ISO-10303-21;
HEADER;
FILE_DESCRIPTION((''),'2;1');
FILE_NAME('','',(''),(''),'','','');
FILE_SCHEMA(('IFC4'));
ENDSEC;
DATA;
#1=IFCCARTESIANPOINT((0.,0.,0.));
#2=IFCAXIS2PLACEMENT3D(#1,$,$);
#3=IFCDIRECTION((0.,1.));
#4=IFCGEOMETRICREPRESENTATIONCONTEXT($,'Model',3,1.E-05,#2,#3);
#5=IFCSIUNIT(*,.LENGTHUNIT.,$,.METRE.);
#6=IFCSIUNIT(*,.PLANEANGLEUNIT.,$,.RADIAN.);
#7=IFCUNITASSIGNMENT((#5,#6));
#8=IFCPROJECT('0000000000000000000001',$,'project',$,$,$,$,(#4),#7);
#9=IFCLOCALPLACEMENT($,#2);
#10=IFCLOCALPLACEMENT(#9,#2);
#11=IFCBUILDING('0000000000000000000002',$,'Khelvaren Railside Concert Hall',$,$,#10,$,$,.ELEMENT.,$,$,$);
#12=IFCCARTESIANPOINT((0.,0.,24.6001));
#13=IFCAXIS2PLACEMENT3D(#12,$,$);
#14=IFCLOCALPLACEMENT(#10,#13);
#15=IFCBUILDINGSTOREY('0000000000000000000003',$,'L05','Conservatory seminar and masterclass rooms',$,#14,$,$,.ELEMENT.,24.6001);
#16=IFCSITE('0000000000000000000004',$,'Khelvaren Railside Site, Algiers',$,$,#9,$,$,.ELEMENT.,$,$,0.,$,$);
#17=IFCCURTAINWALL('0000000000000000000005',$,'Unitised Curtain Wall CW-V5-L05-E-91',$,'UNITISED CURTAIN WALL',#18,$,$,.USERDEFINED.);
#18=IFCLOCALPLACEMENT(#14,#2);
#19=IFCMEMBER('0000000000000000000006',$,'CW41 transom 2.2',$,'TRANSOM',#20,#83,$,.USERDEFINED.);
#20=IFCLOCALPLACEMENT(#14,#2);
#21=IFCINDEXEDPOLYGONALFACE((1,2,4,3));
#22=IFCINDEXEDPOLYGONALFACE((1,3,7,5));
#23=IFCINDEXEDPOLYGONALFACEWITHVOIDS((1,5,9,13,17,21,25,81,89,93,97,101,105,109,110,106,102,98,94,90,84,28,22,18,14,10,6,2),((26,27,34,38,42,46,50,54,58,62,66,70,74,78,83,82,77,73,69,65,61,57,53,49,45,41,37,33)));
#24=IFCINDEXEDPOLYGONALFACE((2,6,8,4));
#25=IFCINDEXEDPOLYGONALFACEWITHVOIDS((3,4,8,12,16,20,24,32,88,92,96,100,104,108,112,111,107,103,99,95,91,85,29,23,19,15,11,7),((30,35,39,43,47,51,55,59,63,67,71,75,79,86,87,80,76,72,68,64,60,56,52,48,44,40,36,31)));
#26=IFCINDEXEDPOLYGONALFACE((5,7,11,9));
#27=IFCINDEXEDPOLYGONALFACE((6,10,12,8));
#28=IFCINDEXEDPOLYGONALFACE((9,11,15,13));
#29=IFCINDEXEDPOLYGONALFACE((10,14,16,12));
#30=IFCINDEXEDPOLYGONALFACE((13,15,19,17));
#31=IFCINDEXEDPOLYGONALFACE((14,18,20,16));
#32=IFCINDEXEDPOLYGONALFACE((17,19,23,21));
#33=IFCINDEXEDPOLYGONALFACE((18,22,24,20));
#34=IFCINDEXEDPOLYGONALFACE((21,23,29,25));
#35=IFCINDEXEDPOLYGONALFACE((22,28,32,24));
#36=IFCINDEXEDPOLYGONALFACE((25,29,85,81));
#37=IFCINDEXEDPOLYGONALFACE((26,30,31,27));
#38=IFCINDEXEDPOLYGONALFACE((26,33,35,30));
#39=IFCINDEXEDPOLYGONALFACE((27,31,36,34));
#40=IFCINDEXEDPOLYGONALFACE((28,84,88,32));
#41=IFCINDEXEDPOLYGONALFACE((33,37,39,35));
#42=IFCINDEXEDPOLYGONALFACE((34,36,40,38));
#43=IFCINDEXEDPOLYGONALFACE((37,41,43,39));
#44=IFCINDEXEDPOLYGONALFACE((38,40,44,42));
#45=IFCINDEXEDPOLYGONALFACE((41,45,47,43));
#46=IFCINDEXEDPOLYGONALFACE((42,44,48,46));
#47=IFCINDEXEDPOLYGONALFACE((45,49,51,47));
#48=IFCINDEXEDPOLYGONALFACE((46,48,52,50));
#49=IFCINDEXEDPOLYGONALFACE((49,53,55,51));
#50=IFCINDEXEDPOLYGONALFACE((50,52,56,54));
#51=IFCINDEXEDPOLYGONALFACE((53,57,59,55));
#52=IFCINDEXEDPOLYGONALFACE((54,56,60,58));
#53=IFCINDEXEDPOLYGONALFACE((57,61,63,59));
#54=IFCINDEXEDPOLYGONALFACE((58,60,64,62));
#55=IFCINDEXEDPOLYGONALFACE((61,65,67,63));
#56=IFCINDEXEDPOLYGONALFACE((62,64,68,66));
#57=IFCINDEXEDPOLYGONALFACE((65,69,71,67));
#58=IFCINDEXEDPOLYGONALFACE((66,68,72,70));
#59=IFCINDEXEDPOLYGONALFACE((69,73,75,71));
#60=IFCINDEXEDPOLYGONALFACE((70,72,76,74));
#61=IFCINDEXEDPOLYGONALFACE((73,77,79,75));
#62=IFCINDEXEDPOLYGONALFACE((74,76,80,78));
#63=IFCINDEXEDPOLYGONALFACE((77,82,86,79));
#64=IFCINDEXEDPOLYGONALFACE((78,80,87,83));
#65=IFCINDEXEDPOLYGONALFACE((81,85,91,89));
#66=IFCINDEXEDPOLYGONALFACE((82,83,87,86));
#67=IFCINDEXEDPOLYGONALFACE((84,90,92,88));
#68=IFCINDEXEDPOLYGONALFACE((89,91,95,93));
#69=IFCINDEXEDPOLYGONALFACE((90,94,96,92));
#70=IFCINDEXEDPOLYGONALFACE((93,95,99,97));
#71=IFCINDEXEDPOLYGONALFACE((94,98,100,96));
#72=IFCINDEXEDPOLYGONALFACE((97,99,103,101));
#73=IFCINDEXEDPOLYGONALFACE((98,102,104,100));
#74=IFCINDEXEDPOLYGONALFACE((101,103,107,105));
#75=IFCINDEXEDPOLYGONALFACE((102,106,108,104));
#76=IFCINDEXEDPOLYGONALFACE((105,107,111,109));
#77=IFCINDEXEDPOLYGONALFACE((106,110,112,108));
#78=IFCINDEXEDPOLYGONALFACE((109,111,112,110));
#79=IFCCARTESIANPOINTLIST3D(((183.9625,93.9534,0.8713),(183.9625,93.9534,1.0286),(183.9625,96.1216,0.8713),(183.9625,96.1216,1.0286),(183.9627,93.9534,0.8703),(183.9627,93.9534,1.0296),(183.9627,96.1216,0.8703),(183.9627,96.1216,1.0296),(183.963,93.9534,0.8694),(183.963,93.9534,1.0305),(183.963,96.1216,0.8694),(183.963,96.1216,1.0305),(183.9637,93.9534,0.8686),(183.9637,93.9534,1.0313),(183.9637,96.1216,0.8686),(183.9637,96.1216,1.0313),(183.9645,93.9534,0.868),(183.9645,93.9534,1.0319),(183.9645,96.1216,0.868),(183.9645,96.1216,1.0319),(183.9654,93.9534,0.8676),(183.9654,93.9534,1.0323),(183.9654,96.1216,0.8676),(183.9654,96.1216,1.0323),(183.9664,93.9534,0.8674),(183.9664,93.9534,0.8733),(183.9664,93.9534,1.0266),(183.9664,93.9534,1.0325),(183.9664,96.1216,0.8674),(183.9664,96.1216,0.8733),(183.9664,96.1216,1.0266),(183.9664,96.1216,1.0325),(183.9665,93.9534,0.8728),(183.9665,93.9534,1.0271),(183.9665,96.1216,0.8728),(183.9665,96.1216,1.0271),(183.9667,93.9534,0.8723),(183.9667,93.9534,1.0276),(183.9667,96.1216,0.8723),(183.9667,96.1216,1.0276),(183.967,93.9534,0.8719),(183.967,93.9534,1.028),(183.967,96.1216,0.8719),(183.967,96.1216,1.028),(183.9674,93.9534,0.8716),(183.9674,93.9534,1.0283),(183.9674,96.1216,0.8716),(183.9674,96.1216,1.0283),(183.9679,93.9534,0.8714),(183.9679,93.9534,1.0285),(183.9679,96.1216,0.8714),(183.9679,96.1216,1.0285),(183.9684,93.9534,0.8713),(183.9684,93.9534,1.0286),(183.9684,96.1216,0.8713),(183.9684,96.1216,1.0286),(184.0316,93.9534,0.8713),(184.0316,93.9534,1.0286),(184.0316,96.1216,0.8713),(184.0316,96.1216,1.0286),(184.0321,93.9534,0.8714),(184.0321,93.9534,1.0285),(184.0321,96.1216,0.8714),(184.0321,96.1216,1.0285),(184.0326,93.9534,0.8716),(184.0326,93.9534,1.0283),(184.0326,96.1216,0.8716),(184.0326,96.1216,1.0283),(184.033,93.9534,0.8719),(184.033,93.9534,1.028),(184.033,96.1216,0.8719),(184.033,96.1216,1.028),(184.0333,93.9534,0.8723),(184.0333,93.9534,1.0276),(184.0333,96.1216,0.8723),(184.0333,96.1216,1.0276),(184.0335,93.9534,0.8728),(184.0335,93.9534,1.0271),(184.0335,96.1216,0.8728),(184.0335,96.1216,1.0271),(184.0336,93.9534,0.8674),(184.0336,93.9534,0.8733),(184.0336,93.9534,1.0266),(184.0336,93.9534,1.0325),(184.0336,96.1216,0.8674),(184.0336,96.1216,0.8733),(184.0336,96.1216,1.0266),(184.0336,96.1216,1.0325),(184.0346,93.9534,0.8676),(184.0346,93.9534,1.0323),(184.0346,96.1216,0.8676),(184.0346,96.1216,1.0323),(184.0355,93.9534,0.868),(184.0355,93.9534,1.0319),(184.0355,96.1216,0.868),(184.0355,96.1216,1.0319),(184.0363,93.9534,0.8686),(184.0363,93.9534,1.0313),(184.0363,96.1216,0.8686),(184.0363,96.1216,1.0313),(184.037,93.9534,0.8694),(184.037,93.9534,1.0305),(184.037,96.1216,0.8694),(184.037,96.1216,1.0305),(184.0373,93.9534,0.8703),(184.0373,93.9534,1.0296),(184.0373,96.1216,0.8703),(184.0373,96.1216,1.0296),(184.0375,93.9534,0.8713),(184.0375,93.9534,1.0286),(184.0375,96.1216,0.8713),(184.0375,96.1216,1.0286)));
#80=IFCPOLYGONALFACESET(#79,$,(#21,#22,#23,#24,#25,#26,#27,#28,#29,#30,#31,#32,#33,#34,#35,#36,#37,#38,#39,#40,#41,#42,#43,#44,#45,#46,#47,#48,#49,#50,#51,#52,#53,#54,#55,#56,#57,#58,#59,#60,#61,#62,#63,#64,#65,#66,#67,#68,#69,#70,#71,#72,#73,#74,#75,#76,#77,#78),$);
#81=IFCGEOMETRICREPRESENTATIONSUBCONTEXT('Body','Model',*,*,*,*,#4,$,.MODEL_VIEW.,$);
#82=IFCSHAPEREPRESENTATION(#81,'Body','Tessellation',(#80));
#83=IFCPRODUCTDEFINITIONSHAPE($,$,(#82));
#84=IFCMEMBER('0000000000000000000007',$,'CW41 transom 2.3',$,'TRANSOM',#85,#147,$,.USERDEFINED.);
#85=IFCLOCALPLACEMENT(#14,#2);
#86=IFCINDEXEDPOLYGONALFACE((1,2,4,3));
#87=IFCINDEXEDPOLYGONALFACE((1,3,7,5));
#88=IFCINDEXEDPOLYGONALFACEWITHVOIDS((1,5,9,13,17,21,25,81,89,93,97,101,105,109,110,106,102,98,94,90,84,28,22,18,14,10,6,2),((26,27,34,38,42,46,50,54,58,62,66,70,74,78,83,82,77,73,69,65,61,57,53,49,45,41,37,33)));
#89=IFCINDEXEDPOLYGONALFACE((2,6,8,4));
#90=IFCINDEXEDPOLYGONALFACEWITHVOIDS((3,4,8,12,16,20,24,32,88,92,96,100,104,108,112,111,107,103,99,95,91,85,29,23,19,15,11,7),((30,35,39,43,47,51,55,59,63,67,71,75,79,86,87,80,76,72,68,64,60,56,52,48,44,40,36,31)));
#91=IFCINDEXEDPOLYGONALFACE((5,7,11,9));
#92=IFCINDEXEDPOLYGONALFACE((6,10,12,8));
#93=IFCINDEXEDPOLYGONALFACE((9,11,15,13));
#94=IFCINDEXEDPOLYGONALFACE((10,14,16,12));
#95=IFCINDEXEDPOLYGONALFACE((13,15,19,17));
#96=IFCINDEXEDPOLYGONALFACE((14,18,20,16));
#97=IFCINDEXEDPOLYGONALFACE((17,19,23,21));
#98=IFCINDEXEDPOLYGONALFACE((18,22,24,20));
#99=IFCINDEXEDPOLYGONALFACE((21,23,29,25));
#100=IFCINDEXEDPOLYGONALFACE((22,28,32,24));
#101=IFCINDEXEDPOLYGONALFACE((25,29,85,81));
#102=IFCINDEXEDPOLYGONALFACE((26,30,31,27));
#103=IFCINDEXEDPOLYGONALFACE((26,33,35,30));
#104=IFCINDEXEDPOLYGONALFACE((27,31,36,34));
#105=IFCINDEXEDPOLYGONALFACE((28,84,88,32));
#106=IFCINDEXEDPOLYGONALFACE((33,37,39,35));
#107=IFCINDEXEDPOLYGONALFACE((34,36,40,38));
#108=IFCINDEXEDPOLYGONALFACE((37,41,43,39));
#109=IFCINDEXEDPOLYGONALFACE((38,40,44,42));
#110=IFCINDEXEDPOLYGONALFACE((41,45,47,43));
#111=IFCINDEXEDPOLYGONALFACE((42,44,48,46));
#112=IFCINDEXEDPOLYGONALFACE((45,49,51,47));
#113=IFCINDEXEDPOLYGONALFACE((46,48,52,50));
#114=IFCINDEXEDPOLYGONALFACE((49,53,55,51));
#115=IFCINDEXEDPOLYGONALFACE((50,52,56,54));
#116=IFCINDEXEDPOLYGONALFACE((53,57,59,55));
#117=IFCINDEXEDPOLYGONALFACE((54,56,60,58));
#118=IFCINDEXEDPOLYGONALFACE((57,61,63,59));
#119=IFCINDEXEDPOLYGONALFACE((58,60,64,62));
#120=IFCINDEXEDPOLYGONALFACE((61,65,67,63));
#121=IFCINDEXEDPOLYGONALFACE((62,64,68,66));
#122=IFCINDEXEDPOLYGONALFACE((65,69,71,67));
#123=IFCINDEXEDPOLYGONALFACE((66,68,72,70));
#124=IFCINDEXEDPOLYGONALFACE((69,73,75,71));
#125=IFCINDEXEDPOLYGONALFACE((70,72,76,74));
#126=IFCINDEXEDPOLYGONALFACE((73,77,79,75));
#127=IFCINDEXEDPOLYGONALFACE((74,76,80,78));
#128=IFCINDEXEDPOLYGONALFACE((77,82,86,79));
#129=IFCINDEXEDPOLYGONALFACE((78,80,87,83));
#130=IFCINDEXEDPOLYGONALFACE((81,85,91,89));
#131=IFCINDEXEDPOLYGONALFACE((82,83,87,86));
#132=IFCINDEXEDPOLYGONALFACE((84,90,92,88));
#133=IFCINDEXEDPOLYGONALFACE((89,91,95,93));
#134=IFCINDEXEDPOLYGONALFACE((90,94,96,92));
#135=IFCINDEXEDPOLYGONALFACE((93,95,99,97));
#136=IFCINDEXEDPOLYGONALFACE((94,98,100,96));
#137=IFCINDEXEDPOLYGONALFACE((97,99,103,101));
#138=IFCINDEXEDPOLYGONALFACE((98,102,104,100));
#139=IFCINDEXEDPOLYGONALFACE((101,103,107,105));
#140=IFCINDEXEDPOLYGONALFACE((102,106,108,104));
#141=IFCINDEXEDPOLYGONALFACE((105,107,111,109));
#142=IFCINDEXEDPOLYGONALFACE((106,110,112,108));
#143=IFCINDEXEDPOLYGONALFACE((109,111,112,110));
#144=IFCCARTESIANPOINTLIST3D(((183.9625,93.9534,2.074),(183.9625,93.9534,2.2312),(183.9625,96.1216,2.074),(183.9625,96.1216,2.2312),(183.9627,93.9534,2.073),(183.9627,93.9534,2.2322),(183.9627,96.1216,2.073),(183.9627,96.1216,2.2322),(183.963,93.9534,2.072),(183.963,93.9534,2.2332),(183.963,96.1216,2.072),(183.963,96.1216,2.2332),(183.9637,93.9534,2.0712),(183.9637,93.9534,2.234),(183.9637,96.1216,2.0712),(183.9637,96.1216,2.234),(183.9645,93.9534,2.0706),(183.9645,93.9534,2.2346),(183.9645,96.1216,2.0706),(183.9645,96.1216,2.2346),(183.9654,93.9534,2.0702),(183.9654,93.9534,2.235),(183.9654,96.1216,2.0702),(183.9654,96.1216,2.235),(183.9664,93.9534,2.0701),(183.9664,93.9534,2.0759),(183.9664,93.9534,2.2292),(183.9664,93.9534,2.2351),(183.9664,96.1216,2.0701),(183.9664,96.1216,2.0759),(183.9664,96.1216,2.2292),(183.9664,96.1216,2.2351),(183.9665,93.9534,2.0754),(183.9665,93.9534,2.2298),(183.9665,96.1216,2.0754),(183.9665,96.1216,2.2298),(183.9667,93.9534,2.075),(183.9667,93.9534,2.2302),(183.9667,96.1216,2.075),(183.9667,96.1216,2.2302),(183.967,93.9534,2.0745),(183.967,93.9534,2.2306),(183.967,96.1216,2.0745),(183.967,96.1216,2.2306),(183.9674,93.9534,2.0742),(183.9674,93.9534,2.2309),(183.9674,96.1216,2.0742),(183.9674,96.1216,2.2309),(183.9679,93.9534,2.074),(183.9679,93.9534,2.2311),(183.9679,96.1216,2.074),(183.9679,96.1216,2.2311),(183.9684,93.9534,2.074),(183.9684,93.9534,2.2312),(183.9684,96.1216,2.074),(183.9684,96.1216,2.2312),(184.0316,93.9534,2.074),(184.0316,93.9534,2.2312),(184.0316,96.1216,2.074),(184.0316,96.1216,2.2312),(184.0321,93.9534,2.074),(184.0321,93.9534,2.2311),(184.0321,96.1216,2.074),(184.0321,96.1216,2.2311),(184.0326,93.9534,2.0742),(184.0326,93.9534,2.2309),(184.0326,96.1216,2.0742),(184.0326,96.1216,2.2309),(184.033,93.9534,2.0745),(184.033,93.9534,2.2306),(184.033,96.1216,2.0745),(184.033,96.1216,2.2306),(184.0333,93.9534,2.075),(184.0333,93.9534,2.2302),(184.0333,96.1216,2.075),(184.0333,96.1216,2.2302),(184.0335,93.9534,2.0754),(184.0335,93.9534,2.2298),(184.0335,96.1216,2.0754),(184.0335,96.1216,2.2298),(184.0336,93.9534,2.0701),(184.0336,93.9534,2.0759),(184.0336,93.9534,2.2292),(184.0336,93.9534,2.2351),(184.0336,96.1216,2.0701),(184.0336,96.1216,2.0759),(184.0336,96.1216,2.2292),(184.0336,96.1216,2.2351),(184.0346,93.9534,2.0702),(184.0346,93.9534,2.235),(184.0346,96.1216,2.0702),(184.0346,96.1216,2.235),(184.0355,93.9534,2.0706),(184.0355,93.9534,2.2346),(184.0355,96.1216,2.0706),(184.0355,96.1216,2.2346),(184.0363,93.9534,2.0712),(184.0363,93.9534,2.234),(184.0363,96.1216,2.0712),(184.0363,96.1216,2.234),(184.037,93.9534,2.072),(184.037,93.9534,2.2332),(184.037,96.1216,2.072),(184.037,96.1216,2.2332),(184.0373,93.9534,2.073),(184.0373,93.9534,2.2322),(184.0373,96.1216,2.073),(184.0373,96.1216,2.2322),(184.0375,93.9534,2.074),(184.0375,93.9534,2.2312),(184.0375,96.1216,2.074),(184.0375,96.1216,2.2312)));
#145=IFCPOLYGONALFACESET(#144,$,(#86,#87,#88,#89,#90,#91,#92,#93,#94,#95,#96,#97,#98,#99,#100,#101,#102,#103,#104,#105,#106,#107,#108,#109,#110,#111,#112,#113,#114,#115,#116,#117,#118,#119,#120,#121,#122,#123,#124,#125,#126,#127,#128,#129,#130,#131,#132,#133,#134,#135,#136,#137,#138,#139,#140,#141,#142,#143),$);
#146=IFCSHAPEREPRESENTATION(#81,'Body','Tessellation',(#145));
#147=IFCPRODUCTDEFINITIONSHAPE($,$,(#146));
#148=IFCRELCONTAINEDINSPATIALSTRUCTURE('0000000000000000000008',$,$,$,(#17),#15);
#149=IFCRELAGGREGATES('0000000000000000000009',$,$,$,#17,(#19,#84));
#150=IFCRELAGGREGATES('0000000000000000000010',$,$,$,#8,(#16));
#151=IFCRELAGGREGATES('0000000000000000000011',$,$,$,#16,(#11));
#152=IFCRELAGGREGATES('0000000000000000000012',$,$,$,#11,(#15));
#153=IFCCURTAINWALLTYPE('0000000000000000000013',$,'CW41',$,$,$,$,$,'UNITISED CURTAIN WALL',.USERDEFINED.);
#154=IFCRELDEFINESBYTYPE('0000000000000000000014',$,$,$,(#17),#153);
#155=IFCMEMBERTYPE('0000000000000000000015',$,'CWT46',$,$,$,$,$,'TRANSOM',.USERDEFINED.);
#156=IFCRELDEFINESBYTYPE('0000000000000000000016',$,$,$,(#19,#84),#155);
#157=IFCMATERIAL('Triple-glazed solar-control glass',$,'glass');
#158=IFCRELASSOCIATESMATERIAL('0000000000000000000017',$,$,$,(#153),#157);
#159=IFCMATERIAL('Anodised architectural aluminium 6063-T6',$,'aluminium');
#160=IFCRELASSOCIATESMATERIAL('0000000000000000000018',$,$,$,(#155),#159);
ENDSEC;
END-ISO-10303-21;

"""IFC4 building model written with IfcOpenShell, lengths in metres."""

from ifc_helpers import new_model, si_unit, direction, frame, origin, origin_2d, place, context, subcontext, project, spatial, hollow_rectangle, extrude, material, material_profile, profile_set, type_object, element, aggregate, save


model = new_model("IFC4")

# Units and contexts
model_context = context("Model", 3, precision=1e-05, world=origin(), true_north=direction((0.0, 1.0)))
body_context = subcontext(model_context, "Body", "Model", "MODEL_VIEW")
ifc_project = project(units=[si_unit("LENGTHUNIT", "METRE"), si_unit("PLANEANGLEUNIT", "RADIAN")], contexts=[model_context])

# Site, building, storey
site_placement = place(None, origin())
site = spatial("IfcSite", under=ifc_project, at=site_placement, Name="Khelvaren Railside Site, Algiers", CompositionType="ELEMENT", RefElevation=0.0)
building_placement = place(site_placement, origin())
building = spatial("IfcBuilding", under=site, at=building_placement, Name="Khelvaren Railside Concert Hall", CompositionType="ELEMENT")
storey_placement = place(building_placement, frame((0.0, 0.0, 24.6001)))
storey = spatial("IfcBuildingStorey", under=building, at=storey_placement, Name="L05", Description="Conservatory seminar and masterclass rooms", CompositionType="ELEMENT", Elevation=24.6001)

# Curtain wall, members
ifc_material_1 = material(Name="Triple-glazed solar-control glass", Category="glass")
curtain_wall_type = type_object("IfcCurtainWallType", Name="CW41", ElementType="UNITISED CURTAIN WALL", PredefinedType="USERDEFINED", material=ifc_material_1)
curtain_wall_placement = place(storey_placement, origin())
curtain_wall = element("IfcCurtainWall", 1, at=curtain_wall_placement, inside=storey, type_object=curtain_wall_type, Name="Unitised Curtain Wall CW-V5-L05-E-91", ObjectType="UNITISED CURTAIN WALL", PredefinedType="USERDEFINED")
ifc_material_2 = material(Name="Anodised architectural aluminium 6063-T6", Category="aluminium")
ifc_material_profile_1 = material_profile(ifc_material_2, hollow_rectangle(XDim=0.075, YDim=0.165, WallThickness=0.0039, InnerFilletRadius=0.002, OuterFilletRadius=0.0039, at=origin_2d()), Name="CWT 75x165x4")
ifc_profile_set_1 = profile_set([ifc_material_profile_1], Name="Anodised architectural aluminium 6063-T6")
member_type_1 = type_object("IfcMemberType", Name="CWT46", ElementType="TRANSOM", PredefinedType="USERDEFINED", material=ifc_profile_set_1)
member_1_placement = place(storey_placement, frame((184.0, 96.1216, 0.95), z_axis=(0.0, -1.0, 0.0), x_axis=(1.0, 0.0, 0.0)))
member_1 = element("IfcMember", 2, at=member_1_placement, type_object=member_type_1, Name="CW41 transom 2.2", ObjectType="TRANSOM", PredefinedType="USERDEFINED", context=body_context, shape_type="SweptSolid", body=[
    extrude(hollow_rectangle(XDim=0.075, YDim=0.165, WallThickness=0.0039, InnerFilletRadius=0.002, OuterFilletRadius=0.0039, at=origin_2d()), origin(), (0.0, 0.0, 1.0), 2.1682),
])
member_2_placement = place(storey_placement, frame((184.0, 96.1216, 2.1526), z_axis=(0.0, -1.0, 0.0), x_axis=(1.0, 0.0, 0.0)))
member_2 = element("IfcMember", 3, at=member_2_placement, type_object=member_type_1, Name="CW41 transom 2.3", ObjectType="TRANSOM", PredefinedType="USERDEFINED", context=body_context, shape_type="SweptSolid", body=[
    extrude(hollow_rectangle(XDim=0.075, YDim=0.165, WallThickness=0.0039, InnerFilletRadius=0.002, OuterFilletRadius=0.0039, at=origin_2d()), origin(), (0.0, 0.0, 1.0), 2.1682),
])
aggregate(curtain_wall, [member_1, member_2])

save(model, "model.ifc")
